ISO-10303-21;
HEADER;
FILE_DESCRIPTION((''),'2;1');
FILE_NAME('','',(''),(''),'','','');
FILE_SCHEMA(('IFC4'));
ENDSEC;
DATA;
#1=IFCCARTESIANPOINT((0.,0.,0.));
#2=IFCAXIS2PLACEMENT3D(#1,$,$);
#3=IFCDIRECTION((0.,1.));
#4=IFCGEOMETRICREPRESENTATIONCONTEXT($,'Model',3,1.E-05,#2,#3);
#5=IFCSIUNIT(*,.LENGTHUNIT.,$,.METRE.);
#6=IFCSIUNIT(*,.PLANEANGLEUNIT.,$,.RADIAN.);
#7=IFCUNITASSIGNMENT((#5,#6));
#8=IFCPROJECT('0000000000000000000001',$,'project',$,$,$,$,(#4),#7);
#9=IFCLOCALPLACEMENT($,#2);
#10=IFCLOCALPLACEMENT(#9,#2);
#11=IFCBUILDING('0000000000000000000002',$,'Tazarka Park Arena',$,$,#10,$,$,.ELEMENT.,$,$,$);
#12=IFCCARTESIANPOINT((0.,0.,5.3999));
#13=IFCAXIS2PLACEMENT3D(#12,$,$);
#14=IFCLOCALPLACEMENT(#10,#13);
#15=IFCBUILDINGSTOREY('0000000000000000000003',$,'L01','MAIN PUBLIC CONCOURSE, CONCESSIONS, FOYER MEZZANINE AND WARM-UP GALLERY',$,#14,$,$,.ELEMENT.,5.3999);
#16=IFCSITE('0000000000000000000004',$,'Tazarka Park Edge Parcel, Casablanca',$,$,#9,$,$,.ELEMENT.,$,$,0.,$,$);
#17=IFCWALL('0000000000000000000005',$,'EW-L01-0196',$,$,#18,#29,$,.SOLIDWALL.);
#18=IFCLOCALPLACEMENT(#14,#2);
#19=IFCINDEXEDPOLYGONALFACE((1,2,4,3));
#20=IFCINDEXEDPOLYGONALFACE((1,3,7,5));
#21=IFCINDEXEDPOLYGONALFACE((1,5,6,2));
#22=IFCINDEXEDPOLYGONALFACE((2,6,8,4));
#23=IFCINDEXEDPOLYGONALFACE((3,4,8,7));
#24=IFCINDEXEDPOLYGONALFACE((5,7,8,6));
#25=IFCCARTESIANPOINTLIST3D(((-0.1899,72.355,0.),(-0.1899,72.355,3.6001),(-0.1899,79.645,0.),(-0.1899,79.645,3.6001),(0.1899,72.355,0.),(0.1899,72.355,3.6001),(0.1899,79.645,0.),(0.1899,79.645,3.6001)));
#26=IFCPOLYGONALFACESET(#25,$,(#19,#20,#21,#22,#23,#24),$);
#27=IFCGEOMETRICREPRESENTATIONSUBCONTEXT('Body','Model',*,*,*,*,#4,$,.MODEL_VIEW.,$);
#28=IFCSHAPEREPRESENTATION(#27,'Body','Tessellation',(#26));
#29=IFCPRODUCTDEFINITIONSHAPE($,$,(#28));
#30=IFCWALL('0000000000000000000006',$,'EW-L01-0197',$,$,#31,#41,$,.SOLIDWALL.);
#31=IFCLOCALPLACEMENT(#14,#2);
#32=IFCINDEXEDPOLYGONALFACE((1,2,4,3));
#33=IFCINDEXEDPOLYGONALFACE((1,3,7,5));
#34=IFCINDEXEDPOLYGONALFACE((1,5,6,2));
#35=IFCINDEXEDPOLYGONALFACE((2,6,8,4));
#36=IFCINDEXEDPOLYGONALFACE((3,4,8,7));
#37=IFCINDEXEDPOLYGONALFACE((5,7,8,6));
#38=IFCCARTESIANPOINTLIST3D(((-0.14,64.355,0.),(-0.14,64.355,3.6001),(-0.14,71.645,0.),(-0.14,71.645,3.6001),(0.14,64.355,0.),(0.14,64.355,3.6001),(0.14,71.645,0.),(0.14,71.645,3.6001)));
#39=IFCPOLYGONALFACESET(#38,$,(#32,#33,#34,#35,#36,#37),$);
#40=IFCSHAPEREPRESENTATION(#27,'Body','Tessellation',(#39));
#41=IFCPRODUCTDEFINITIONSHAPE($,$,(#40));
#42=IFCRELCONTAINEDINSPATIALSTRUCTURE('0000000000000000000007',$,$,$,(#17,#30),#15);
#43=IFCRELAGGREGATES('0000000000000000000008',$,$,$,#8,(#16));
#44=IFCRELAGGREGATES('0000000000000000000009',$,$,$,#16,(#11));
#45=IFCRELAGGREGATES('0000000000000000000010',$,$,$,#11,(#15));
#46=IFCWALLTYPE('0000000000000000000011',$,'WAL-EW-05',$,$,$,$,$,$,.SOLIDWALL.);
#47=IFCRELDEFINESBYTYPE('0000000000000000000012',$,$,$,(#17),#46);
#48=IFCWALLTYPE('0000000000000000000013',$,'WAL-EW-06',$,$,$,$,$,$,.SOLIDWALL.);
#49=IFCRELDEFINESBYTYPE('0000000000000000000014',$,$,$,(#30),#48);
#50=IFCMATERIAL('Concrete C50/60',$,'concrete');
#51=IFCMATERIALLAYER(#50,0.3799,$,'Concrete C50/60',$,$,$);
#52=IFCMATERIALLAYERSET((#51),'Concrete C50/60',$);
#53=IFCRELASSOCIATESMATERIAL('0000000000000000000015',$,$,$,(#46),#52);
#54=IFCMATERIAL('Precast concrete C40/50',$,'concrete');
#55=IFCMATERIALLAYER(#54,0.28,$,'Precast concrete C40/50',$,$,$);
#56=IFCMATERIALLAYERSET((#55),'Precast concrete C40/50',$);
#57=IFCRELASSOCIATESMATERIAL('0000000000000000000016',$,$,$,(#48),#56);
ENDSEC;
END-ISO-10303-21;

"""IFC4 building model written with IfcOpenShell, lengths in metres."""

from ifc_helpers import new_model, si_unit, direction, frame, frame_2d, origin, place, context, subcontext, project, spatial, rectangle, extrude, material, layer, layer_set, type_object, element, save


model = new_model("IFC4")

# Units and contexts
model_context = context("Model", 3, precision=1e-05, world=origin(), true_north=direction((0.0, 1.0)))
body_context = subcontext(model_context, "Body", "Model", "MODEL_VIEW")
ifc_project = project(units=[si_unit("LENGTHUNIT", "METRE"), si_unit("PLANEANGLEUNIT", "RADIAN")], contexts=[model_context])

# Site, building, storey
site_placement = place(None, origin())
site = spatial("IfcSite", under=ifc_project, at=site_placement, Name="Tazarka Park Edge Parcel, Casablanca", CompositionType="ELEMENT", RefElevation=0.0)
building_placement = place(site_placement, origin())
building = spatial("IfcBuilding", under=site, at=building_placement, Name="Tazarka Park Arena", CompositionType="ELEMENT")
storey_placement = place(building_placement, frame((0.0, 0.0, 5.3999)))
storey = spatial("IfcBuildingStorey", under=building, at=storey_placement, Name="L01", Description="MAIN PUBLIC CONCOURSE, CONCESSIONS, FOYER MEZZANINE AND WARM-UP GALLERY", CompositionType="ELEMENT", Elevation=5.3999)

# Walls
ifc_material_1 = material(Name="Concrete C50/60", Category="concrete")
ifc_layer_1 = layer(ifc_material_1, 0.3799, Name="Concrete C50/60")
ifc_layer_set_1 = layer_set([ifc_layer_1], Name="Concrete C50/60")
wall_type_1 = type_object("IfcWallType", Name="WAL-EW-05", PredefinedType="SOLIDWALL", material=ifc_layer_set_1)
wall_1_placement = place(storey_placement, frame((0.0, 72.355, 0.0), z_axis=(0.0, 0.0, 1.0), x_axis=(0.0, 1.0, 0.0)))
element("IfcWall", 1, at=wall_1_placement, inside=storey, type_object=wall_type_1, Name="EW-L01-0196", PredefinedType="SOLIDWALL", context=body_context, shape_type="SweptSolid", body=[
    extrude(rectangle(XDim=7.29, YDim=0.3799, at=frame_2d((3.645, 0.0))), origin(), (0.0, 0.0, 1.0), 3.6001),
])
ifc_material_2 = material(Name="Precast concrete C40/50", Category="concrete")
ifc_layer_2 = layer(ifc_material_2, 0.28, Name="Precast concrete C40/50")
ifc_layer_set_2 = layer_set([ifc_layer_2], Name="Precast concrete C40/50")
wall_type_2 = type_object("IfcWallType", Name="WAL-EW-06", PredefinedType="SOLIDWALL", material=ifc_layer_set_2)
wall_2_placement = place(storey_placement, frame((0.0, 64.355, 0.0), z_axis=(0.0, 0.0, 1.0), x_axis=(0.0, 1.0, 0.0)))
element("IfcWall", 2, at=wall_2_placement, inside=storey, type_object=wall_type_2, Name="EW-L01-0197", PredefinedType="SOLIDWALL", context=body_context, shape_type="SweptSolid", body=[
    extrude(rectangle(XDim=7.29, YDim=0.28, at=frame_2d((3.645, 0.0))), origin(), (0.0, 0.0, 1.0), 3.6001),
])

save(model, "model.ifc")
